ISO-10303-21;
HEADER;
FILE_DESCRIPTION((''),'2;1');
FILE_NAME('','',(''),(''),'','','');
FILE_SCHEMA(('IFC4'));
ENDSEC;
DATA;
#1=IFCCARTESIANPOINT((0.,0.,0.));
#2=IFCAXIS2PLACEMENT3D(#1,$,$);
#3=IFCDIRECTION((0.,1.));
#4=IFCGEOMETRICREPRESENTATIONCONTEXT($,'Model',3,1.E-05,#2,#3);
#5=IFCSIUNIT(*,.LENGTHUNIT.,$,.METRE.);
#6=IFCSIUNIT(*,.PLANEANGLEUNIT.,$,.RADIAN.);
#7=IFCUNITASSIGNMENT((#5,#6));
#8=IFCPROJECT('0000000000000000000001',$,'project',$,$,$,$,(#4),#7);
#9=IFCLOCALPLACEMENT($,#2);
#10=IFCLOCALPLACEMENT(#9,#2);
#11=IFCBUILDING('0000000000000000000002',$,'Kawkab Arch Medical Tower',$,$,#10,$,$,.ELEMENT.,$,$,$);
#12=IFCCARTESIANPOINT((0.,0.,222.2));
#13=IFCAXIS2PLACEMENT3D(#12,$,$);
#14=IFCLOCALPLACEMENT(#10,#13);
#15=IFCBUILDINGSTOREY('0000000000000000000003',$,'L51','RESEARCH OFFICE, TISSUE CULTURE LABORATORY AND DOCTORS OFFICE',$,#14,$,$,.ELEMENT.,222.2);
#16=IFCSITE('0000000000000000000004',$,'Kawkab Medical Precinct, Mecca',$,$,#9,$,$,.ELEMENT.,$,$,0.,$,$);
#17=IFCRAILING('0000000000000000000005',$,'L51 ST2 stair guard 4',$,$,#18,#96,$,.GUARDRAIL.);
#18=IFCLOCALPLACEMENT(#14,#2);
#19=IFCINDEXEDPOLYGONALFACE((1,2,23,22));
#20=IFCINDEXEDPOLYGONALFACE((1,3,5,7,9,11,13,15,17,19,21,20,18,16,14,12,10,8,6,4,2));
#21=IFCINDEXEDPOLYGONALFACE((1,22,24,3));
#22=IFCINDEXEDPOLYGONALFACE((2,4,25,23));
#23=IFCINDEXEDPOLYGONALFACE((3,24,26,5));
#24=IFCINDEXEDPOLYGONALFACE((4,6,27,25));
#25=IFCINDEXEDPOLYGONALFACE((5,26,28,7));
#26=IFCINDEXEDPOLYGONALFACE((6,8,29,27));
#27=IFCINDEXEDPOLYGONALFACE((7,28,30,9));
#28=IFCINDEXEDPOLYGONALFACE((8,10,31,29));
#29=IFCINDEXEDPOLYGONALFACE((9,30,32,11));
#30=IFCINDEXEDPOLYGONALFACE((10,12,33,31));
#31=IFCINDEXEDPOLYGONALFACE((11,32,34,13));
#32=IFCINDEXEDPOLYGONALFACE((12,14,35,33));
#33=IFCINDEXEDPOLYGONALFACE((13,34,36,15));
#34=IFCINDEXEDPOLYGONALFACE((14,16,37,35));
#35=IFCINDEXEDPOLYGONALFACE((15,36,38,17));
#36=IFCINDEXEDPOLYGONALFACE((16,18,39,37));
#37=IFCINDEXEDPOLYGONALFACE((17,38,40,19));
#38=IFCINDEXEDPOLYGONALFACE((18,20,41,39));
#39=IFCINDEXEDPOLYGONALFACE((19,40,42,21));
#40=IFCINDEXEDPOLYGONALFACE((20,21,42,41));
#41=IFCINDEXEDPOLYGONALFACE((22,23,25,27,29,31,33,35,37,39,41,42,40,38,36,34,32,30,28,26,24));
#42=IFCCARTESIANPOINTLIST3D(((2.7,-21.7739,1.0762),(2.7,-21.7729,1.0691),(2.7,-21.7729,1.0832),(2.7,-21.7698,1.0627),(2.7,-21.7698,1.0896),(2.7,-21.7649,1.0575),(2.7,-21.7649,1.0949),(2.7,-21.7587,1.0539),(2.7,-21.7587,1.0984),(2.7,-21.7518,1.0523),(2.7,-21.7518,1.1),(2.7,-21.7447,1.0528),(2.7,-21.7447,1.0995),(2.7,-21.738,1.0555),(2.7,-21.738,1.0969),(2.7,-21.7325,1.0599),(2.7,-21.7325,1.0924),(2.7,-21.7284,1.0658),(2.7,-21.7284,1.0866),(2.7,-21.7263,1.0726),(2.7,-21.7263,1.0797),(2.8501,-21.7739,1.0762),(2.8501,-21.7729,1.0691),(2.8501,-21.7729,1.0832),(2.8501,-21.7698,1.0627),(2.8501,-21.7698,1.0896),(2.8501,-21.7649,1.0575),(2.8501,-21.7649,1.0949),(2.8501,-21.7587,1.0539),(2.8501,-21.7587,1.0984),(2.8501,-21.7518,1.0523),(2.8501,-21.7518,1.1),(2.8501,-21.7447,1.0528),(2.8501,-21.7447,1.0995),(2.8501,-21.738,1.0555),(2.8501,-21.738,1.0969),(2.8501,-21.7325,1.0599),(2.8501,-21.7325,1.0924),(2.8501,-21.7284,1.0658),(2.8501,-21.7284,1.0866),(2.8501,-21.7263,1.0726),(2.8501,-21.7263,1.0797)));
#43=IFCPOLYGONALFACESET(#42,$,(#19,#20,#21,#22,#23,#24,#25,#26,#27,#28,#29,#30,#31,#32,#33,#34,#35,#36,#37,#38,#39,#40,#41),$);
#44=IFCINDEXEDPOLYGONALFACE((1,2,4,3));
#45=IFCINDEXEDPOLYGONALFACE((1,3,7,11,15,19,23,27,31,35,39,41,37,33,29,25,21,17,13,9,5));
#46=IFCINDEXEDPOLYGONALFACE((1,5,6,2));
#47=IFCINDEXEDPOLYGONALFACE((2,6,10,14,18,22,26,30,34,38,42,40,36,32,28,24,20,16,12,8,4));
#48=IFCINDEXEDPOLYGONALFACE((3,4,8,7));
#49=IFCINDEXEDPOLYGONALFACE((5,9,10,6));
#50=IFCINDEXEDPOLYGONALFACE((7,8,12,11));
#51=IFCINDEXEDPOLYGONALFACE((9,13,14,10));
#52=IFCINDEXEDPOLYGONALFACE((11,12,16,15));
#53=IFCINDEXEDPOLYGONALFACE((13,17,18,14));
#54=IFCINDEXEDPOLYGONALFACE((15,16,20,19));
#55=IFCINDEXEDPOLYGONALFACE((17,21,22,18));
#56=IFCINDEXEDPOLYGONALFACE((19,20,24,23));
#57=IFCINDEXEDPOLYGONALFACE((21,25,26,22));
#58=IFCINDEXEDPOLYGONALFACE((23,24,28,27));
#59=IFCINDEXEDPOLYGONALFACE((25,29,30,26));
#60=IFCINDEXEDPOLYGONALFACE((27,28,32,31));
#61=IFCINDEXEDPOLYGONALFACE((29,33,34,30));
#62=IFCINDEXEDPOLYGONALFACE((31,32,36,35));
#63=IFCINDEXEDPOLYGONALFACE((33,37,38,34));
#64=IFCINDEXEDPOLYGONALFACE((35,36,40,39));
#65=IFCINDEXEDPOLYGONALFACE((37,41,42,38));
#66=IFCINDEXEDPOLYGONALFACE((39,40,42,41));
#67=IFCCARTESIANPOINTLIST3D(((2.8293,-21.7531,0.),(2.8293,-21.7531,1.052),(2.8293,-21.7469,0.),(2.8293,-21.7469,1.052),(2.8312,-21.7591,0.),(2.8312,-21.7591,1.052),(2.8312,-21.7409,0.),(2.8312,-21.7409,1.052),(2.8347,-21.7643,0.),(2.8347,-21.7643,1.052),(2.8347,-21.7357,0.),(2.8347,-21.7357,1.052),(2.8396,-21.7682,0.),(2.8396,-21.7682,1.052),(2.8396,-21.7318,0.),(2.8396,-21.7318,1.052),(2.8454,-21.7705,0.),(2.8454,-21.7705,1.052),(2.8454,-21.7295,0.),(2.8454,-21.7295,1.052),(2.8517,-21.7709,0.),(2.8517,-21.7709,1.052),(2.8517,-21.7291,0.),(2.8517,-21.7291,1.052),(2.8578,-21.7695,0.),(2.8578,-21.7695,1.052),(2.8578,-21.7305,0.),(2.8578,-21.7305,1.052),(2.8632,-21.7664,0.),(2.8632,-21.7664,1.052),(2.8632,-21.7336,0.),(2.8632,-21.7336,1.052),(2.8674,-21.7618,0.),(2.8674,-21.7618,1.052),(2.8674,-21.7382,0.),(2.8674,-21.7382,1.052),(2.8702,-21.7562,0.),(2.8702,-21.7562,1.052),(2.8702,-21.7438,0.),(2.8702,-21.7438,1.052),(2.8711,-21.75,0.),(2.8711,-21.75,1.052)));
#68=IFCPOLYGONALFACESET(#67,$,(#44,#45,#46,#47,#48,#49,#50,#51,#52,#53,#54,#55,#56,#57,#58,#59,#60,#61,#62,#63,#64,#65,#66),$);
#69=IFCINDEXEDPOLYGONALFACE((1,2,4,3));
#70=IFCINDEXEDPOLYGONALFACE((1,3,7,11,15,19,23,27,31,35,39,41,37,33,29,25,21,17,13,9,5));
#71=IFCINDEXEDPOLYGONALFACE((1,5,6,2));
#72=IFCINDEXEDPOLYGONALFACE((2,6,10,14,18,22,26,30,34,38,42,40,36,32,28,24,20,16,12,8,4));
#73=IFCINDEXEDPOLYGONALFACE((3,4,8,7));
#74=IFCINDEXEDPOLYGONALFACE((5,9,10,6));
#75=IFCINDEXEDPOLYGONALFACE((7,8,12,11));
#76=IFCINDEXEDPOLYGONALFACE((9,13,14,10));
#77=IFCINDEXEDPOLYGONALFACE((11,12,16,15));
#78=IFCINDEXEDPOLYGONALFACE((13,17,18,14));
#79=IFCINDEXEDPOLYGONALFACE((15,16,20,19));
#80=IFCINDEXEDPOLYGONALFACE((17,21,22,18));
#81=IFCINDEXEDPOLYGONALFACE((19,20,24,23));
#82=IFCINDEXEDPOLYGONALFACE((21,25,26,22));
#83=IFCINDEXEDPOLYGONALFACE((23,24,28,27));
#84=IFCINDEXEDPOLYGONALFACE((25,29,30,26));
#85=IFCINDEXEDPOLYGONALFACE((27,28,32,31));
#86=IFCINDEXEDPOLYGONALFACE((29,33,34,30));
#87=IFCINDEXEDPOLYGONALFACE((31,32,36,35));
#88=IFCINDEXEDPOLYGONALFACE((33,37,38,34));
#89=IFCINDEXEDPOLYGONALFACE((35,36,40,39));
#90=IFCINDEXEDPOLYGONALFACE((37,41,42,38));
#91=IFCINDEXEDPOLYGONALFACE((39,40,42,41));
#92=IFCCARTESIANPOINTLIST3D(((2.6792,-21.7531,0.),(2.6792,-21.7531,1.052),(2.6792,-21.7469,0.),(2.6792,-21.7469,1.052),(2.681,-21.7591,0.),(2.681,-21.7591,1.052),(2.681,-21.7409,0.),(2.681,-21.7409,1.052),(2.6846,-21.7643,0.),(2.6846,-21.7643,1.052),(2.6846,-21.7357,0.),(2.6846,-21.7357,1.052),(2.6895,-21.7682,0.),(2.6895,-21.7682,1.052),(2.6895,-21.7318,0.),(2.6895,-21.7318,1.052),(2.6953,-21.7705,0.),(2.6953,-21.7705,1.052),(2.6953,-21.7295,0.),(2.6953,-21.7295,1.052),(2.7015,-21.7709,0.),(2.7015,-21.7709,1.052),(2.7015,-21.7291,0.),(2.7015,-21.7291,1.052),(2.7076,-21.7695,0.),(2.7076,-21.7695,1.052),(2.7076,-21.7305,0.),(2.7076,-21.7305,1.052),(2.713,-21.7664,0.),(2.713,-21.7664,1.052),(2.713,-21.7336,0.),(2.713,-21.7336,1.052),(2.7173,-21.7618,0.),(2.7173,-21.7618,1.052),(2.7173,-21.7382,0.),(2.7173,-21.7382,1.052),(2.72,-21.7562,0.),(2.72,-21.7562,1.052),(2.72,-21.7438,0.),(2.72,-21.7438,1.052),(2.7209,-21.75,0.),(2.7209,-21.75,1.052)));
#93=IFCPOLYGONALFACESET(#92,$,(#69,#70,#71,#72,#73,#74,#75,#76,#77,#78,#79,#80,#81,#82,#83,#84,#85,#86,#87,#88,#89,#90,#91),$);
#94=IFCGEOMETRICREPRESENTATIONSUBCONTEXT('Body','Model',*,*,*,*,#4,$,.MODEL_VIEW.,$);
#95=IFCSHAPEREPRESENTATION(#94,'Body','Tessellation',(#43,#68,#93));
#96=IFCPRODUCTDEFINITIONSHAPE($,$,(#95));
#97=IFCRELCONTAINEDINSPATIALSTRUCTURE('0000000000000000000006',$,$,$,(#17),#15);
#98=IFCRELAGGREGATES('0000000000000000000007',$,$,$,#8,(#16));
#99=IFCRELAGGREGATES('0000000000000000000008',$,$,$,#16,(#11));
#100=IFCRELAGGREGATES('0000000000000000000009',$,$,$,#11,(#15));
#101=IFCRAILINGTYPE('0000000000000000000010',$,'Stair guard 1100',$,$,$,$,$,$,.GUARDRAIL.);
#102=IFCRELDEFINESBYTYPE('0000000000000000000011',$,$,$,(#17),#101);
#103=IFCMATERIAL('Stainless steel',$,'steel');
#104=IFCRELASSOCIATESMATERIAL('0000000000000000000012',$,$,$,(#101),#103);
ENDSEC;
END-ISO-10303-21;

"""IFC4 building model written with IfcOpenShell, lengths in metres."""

from ifc_helpers import new_model, si_unit, direction, frame, origin, origin_2d, place, context, subcontext, project, spatial, circle, extrude, material, type_object, element, save


model = new_model("IFC4")

# Units and contexts
model_context = context("Model", 3, precision=1e-05, world=origin(), true_north=direction((0.0, 1.0)))
body_context = subcontext(model_context, "Body", "Model", "MODEL_VIEW")
ifc_project = project(units=[si_unit("LENGTHUNIT", "METRE"), si_unit("PLANEANGLEUNIT", "RADIAN")], contexts=[model_context])

# Site, building, storey
site_placement = place(None, origin())
site = spatial("IfcSite", under=ifc_project, at=site_placement, Name="Kawkab Medical Precinct, Mecca", CompositionType="ELEMENT", RefElevation=0.0)
building_placement = place(site_placement, origin())
building = spatial("IfcBuilding", under=site, at=building_placement, Name="Kawkab Arch Medical Tower", CompositionType="ELEMENT")
storey_placement = place(building_placement, frame((0.0, 0.0, 222.2)))
storey = spatial("IfcBuildingStorey", under=building, at=storey_placement, Name="L51", Description="RESEARCH OFFICE, TISSUE CULTURE LABORATORY AND DOCTORS OFFICE", CompositionType="ELEMENT", Elevation=222.2)

# Railing
ifc_material_1 = material(Name="Stainless steel", Category="steel")
railing_type = type_object("IfcRailingType", Name="Stair guard 1100", PredefinedType="GUARDRAIL", material=ifc_material_1)
railing_1_placement = place(storey_placement, frame((2.8501, -21.75, 0.0)))
element("IfcRailing", 1, at=railing_1_placement, inside=storey, type_object=railing_type, Name="L51 ST2 stair guard 4", PredefinedType="GUARDRAIL", context=body_context, shape_type="SweptSolid", body=[
    extrude(circle(Radius=0.0239, at=origin_2d()), frame((0.0, 0.0, 1.0762), z_axis=(-1.0, 0.0, 0.0), x_axis=(0.0, -1.0, 0.0)), (0.0, 0.0, 1.0), 0.1501),
    extrude(circle(Radius=0.021, at=origin_2d()), origin(), (0.0, 0.0, 1.0), 1.052),
    extrude(circle(Radius=0.021, at=origin_2d()), frame((-0.1501, 0.0, 0.0)), (0.0, 0.0, 1.0), 1.052),
])

save(model, "model.ifc")
